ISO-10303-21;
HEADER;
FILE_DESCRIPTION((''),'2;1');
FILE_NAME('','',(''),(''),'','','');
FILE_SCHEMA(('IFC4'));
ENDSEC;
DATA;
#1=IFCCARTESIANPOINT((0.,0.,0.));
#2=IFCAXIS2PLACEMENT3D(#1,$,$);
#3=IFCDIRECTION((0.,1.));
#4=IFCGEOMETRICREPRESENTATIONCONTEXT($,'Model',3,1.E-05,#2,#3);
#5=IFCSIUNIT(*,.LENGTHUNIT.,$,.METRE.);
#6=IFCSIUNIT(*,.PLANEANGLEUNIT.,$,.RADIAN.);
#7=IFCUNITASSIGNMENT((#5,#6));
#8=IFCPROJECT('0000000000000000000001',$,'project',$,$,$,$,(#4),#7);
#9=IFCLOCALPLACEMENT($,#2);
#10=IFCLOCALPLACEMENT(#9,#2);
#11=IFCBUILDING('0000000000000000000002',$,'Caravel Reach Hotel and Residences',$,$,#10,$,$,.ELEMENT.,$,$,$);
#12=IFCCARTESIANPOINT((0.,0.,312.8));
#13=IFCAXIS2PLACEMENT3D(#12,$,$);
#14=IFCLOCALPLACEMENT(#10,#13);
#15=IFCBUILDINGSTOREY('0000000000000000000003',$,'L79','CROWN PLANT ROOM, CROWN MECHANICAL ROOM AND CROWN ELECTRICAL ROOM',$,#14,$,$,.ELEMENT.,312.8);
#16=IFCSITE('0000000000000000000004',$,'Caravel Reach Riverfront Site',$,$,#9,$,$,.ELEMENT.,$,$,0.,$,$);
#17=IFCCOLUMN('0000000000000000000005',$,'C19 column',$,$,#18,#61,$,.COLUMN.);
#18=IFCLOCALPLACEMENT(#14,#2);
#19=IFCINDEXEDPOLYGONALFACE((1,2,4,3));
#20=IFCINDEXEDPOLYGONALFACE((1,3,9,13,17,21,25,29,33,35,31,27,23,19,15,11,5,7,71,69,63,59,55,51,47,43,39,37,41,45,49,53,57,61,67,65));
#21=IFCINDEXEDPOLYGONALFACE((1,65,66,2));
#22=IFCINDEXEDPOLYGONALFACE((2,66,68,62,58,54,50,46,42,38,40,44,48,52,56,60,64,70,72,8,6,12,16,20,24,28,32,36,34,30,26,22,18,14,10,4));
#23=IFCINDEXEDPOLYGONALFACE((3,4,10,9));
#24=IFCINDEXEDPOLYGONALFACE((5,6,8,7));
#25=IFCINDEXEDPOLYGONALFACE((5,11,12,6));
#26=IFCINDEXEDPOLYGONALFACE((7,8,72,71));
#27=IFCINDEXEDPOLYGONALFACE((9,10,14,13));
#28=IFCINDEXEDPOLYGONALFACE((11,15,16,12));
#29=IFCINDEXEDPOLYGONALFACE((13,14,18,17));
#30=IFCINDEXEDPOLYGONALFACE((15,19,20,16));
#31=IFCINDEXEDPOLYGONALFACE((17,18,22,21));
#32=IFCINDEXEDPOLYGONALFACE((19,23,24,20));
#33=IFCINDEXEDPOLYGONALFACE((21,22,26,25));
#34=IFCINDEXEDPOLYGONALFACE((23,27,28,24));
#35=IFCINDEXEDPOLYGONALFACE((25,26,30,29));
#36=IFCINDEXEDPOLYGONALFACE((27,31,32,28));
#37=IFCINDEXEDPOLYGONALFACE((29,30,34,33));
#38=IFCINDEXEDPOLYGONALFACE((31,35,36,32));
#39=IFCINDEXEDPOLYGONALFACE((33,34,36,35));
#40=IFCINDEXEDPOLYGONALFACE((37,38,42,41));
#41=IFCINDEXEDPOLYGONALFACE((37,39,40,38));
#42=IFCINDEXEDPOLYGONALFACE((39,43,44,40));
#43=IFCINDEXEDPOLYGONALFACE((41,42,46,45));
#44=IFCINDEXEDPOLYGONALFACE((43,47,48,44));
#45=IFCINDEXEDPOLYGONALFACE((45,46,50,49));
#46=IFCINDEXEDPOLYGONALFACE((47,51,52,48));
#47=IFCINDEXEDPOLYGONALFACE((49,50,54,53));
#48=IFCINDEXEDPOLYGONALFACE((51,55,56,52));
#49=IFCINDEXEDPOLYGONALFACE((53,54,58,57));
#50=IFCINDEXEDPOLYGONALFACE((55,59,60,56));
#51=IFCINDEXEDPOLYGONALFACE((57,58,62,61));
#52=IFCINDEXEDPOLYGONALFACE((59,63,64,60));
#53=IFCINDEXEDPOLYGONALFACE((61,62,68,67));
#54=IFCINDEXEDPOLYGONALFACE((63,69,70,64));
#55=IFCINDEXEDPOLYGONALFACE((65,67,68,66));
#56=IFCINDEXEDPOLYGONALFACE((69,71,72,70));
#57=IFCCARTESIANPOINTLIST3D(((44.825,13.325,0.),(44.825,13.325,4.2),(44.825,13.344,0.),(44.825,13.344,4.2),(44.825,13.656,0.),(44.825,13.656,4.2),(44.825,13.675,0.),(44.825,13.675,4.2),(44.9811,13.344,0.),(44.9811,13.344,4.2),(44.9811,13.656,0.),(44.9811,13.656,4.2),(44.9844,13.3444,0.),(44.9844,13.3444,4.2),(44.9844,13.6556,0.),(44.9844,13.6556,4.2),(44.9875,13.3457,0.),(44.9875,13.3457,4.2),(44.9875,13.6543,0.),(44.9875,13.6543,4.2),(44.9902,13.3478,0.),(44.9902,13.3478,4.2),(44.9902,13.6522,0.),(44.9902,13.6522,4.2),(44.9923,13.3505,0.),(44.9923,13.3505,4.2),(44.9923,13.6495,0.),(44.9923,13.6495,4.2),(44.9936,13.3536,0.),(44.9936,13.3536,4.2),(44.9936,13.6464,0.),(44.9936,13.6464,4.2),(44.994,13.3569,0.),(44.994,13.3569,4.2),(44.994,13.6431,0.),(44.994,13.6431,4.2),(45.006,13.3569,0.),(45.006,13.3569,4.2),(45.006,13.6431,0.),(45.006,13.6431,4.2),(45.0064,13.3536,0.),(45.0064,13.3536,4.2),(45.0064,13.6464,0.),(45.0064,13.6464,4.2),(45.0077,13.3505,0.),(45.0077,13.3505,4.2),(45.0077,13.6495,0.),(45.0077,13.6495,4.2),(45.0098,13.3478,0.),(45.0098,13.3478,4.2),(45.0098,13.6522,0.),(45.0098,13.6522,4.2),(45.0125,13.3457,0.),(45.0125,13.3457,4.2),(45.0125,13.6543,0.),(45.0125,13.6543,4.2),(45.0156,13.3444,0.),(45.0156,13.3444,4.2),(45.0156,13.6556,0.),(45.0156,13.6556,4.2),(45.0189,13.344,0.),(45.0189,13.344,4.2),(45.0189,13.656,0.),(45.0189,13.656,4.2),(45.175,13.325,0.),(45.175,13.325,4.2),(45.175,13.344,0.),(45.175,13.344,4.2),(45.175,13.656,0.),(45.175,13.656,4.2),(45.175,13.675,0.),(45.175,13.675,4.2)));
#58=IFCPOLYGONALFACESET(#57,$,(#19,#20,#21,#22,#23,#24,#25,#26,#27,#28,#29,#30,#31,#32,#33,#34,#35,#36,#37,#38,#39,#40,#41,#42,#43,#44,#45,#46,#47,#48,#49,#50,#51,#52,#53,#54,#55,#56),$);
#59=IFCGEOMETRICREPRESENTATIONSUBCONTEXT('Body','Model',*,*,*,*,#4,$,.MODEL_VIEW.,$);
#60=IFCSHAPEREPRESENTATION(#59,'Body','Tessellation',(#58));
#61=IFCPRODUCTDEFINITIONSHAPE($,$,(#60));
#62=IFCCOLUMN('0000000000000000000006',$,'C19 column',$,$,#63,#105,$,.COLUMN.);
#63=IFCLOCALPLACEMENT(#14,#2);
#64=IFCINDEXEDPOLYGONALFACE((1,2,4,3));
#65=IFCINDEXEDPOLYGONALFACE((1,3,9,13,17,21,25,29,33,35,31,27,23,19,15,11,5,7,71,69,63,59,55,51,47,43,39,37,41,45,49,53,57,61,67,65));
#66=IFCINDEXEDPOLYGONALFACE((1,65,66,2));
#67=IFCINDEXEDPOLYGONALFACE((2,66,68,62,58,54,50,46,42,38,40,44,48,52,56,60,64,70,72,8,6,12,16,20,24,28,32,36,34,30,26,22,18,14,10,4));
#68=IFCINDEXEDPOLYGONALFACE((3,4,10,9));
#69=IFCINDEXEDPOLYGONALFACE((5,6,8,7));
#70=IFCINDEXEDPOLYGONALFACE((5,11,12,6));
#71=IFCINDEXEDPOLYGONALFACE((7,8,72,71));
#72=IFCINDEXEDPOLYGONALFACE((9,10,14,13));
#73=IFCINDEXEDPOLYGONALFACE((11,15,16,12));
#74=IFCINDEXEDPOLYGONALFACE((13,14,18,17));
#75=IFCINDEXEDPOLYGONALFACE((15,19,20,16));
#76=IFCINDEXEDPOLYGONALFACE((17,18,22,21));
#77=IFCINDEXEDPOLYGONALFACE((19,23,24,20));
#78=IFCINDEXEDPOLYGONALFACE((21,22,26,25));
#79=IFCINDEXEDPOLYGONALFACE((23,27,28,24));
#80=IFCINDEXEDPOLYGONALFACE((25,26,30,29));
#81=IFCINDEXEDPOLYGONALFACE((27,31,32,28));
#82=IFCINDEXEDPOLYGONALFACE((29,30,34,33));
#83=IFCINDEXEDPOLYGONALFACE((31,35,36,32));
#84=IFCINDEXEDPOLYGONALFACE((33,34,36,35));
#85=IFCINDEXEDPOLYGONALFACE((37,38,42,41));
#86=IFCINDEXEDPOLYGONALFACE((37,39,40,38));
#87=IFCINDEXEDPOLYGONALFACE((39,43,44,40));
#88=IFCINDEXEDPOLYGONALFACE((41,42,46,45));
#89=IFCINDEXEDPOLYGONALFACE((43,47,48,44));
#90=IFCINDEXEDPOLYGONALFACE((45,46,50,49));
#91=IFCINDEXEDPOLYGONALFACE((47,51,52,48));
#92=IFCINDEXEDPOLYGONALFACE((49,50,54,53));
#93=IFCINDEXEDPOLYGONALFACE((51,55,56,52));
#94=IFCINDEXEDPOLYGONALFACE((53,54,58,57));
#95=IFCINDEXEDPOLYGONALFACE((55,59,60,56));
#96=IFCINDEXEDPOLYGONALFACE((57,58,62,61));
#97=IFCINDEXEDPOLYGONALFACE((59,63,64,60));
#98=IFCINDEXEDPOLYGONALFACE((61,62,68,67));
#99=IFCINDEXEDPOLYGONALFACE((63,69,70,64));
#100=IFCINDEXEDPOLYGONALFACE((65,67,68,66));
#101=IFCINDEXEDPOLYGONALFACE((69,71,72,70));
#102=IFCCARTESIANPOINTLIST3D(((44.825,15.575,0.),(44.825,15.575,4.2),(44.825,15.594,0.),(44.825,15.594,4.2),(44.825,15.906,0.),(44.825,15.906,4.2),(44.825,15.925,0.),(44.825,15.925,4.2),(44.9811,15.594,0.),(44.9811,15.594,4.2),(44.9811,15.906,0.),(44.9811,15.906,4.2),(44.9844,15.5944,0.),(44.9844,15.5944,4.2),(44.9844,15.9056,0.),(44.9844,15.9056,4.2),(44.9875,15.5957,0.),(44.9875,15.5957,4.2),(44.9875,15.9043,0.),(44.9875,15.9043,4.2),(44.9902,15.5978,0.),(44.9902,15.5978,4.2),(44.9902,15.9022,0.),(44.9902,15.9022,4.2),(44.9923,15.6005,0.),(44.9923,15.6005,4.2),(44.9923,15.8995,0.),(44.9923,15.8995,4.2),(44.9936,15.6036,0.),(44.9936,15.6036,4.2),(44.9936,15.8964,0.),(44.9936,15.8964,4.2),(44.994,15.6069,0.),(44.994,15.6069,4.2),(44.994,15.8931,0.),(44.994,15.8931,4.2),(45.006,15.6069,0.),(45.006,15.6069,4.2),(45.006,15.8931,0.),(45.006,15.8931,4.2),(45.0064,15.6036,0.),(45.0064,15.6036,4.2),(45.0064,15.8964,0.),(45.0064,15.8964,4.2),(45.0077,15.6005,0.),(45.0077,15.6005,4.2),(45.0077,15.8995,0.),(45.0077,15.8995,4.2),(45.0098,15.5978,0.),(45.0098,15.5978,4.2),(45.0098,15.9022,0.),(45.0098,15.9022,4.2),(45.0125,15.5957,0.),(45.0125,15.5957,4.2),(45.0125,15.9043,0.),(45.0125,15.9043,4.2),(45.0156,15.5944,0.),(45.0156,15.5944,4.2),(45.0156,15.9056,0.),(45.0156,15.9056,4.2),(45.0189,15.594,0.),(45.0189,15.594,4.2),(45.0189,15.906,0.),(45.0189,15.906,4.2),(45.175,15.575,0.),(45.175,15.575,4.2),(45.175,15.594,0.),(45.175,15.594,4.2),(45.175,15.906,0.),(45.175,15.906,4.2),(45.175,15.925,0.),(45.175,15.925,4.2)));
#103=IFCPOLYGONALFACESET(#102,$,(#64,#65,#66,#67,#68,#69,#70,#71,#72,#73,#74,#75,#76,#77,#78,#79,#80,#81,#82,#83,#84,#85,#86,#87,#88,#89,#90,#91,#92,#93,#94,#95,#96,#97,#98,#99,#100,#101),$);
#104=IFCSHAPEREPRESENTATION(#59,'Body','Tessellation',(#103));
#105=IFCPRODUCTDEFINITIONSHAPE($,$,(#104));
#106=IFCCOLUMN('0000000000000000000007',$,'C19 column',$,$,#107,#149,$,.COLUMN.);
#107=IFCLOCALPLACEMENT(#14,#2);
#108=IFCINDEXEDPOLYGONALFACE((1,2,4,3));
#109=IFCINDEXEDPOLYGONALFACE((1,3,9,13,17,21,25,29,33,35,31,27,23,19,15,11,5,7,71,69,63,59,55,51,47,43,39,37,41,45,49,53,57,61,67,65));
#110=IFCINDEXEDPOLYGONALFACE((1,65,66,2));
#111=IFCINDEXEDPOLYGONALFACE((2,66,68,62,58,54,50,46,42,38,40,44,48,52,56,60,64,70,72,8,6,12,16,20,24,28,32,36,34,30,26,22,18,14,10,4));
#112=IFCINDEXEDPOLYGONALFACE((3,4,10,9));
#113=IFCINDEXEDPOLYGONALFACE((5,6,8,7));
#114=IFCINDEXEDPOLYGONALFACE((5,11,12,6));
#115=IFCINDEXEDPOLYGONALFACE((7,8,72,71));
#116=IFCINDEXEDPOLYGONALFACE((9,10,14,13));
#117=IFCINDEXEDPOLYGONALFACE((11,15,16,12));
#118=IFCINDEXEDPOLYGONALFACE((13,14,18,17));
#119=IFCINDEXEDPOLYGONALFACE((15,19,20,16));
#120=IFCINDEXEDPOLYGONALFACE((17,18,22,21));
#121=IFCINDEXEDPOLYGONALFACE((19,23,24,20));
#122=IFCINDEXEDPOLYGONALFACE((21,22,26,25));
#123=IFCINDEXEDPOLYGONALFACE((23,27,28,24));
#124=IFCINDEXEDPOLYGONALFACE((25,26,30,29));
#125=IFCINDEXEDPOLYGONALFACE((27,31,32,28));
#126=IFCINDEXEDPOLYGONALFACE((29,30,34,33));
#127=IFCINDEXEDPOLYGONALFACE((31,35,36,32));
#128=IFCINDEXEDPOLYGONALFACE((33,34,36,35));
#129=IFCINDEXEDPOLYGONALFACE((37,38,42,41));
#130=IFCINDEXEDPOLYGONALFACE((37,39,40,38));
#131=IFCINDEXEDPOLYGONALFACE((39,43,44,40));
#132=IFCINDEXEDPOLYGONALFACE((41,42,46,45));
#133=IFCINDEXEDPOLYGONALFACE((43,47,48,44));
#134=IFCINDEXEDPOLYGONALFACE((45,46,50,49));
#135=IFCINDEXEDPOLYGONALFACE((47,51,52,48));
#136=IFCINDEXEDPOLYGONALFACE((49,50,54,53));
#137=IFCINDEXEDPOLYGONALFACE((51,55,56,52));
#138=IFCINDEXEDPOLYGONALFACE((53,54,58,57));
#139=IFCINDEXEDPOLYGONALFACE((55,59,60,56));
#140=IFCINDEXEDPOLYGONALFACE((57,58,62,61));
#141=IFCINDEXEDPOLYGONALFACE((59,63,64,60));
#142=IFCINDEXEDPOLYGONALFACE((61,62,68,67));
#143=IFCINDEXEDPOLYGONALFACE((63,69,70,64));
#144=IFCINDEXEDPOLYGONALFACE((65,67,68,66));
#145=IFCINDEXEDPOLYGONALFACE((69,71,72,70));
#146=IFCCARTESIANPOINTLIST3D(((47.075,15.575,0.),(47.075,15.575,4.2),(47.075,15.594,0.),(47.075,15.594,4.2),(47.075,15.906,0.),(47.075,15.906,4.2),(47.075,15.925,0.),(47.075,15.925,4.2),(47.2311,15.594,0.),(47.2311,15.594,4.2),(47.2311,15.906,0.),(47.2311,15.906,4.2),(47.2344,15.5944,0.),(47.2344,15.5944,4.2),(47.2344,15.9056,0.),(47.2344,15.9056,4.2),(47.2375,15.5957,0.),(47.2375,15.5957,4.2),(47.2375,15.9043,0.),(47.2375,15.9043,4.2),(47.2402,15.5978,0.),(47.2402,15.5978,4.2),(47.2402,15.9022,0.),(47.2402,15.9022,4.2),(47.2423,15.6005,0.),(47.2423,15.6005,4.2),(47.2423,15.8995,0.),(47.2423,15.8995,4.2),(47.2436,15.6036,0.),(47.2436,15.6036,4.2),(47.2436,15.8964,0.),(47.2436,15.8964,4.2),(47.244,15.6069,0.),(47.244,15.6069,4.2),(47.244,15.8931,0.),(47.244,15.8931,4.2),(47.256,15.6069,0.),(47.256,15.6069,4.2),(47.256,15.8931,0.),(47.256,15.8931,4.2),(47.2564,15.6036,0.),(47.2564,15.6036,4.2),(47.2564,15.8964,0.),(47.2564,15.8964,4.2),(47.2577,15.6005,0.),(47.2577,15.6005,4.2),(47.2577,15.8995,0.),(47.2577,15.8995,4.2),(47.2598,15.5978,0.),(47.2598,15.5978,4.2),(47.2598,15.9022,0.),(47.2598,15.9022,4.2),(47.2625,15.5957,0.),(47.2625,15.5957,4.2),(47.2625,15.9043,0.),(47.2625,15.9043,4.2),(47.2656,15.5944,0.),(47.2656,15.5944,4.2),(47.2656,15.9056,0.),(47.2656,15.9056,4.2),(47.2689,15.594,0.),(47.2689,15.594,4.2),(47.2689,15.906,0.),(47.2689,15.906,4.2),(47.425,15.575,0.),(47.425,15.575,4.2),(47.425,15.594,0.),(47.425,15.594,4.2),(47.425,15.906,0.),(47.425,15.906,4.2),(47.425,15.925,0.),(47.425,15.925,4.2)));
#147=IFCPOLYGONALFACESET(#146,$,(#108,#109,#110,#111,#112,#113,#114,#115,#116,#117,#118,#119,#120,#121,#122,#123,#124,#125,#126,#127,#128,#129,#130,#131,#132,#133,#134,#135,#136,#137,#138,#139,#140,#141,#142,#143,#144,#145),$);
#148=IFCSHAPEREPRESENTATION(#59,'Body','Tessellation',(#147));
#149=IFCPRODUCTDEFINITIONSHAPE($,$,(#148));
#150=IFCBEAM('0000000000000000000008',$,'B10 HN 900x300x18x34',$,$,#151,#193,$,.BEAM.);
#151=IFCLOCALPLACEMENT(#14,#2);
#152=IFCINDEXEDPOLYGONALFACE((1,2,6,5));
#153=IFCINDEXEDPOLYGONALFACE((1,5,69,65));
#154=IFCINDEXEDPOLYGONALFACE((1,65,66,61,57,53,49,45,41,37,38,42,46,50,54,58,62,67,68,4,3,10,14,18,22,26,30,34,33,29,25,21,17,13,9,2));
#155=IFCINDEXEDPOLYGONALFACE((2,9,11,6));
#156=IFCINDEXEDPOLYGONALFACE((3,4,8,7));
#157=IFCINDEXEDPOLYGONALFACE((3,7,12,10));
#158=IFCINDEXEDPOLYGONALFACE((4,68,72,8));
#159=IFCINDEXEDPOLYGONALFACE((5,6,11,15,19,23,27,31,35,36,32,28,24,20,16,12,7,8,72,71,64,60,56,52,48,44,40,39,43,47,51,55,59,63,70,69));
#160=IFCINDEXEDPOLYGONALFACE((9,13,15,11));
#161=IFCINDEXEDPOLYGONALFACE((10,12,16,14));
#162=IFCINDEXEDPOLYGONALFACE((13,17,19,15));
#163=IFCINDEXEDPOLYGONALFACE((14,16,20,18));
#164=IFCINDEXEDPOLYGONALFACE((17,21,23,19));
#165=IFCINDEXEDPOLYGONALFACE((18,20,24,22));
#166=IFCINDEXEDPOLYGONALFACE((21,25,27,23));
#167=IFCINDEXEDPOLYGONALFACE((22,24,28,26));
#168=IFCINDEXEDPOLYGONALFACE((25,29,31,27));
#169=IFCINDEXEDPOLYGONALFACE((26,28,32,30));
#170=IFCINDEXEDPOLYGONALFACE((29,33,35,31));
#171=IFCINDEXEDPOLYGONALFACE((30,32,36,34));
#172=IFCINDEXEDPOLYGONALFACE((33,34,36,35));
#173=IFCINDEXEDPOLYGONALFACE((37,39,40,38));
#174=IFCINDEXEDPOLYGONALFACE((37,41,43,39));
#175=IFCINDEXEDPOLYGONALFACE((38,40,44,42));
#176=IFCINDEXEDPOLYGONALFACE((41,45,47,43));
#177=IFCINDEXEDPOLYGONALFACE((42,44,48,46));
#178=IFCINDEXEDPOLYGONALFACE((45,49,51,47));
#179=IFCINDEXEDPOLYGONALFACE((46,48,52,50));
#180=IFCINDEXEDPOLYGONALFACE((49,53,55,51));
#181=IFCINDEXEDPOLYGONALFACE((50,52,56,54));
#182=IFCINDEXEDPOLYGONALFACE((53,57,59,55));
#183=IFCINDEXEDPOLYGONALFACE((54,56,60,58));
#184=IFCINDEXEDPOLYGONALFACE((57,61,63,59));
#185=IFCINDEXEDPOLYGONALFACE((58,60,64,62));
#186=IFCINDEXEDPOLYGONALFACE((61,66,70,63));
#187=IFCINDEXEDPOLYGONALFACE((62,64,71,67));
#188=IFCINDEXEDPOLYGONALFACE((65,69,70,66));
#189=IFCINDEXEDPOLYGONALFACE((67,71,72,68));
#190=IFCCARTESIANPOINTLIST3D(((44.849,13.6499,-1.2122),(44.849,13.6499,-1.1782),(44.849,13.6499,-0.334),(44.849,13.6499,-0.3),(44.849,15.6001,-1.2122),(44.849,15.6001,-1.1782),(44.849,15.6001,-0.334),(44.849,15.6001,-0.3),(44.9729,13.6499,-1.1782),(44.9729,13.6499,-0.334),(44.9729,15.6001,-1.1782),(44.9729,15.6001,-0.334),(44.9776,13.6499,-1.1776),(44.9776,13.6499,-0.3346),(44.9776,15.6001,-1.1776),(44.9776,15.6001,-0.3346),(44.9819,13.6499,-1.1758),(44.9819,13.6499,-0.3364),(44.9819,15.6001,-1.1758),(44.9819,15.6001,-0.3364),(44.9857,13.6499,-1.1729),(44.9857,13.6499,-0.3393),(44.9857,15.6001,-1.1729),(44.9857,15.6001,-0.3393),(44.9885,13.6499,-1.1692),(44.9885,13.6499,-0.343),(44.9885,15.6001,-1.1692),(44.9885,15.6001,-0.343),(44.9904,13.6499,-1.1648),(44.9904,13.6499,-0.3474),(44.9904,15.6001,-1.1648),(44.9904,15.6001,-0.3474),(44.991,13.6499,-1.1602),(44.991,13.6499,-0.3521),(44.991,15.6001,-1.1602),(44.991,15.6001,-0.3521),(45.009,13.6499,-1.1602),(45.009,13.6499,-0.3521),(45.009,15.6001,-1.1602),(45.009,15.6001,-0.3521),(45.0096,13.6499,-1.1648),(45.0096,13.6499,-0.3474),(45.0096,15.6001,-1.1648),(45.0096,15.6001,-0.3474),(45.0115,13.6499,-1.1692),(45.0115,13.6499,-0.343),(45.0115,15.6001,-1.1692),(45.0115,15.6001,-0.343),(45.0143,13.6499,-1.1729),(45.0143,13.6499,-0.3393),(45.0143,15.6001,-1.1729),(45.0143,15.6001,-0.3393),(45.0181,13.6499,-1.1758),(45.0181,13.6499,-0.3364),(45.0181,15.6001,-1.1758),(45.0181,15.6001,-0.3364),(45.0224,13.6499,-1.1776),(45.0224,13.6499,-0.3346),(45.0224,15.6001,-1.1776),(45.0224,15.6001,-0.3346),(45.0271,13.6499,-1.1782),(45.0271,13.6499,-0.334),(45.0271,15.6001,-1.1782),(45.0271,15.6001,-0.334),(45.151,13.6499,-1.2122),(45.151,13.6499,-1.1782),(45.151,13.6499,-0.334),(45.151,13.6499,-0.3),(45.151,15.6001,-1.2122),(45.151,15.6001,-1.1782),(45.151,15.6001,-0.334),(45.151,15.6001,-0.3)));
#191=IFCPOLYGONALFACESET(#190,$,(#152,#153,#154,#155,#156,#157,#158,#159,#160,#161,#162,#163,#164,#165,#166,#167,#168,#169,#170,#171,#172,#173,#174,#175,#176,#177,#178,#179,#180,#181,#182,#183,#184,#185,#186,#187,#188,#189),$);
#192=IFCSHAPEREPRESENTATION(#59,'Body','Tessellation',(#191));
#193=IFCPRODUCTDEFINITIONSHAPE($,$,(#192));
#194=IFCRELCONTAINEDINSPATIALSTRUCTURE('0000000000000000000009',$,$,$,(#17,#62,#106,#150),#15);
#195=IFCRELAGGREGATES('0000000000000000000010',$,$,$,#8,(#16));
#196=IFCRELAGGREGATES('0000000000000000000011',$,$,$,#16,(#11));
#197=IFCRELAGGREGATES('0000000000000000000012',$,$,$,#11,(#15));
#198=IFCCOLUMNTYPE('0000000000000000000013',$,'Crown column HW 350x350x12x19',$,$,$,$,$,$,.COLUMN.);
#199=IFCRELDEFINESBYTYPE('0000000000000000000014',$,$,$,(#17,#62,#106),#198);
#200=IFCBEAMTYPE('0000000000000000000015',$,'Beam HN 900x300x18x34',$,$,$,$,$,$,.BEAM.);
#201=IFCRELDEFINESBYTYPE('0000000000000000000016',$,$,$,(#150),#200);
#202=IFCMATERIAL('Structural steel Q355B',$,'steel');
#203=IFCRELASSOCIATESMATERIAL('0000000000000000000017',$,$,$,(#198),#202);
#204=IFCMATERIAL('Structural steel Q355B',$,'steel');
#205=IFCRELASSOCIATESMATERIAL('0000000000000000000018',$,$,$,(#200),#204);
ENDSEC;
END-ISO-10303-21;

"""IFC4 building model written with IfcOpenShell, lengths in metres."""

from ifc_helpers import new_model, si_unit, direction, frame, origin, origin_2d, place, context, subcontext, project, spatial, i_section, extrude, material, material_profile, profile_set, type_object, element, save


model = new_model("IFC4")

# Units and contexts
model_context = context("Model", 3, precision=1e-05, world=origin(), true_north=direction((0.0, 1.0)))
body_context = subcontext(model_context, "Body", "Model", "MODEL_VIEW")
ifc_project = project(units=[si_unit("LENGTHUNIT", "METRE"), si_unit("PLANEANGLEUNIT", "RADIAN")], contexts=[model_context])

# Site, building, storey
site_placement = place(None, origin())
site = spatial("IfcSite", under=ifc_project, at=site_placement, Name="Caravel Reach Riverfront Site", CompositionType="ELEMENT", RefElevation=0.0)
building_placement = place(site_placement, origin())
building = spatial("IfcBuilding", under=site, at=building_placement, Name="Caravel Reach Hotel and Residences", CompositionType="ELEMENT")
storey_placement = place(building_placement, frame((0.0, 0.0, 312.8)))
storey = spatial("IfcBuildingStorey", under=building, at=storey_placement, Name="L79", Description="CROWN PLANT ROOM, CROWN MECHANICAL ROOM AND CROWN ELECTRICAL ROOM", CompositionType="ELEMENT", Elevation=312.8)

# Columns
ifc_material_1 = material(Name="Structural steel Q355B", Category="steel")
ifc_material_profile_1 = material_profile(ifc_material_1, i_section(OverallWidth=0.3501, OverallDepth=0.3501, WebThickness=0.012, FlangeThickness=0.019, FilletRadius=0.0129, at=origin_2d()), Name="HW 350x350x12x19")
ifc_profile_set_1 = profile_set([ifc_material_profile_1], Name="Structural steel Q355B")
column_type = type_object("IfcColumnType", Name="Crown column HW 350x350x12x19", PredefinedType="COLUMN", material=ifc_profile_set_1)
for number, where, z_axis, x_axis, name in (
    (1, (45.0, 13.5, 0.0), (0.0, 0.0, 1.0), (1.0, 0.0, 0.0), "C19 column"),
    (2, (45.0, 15.75, 0.0), (0.0, 0.0, 1.0), (1.0, 0.0, 0.0), "C19 column"),
    (3, (47.25, 15.75, 0.0), (0.0, 0.0, 1.0), (1.0, 0.0, 0.0), "C19 column"),
):
    element("IfcColumn", number, at=place(storey_placement, frame(where, z_axis=z_axis, x_axis=x_axis)), inside=storey, type_object=column_type, Name=name, PredefinedType="COLUMN", context=body_context, shape_type="SweptSolid", body=[
        extrude(i_section(OverallWidth=0.3501, OverallDepth=0.3501, WebThickness=0.012, FlangeThickness=0.019, FilletRadius=0.0129, at=origin_2d()), origin(), (0.0, 0.0, 1.0), 4.2),
    ])

# Beam
ifc_material_2 = material(Name="Structural steel Q355B", Category="steel")
ifc_material_profile_2 = material_profile(ifc_material_2, i_section(OverallWidth=0.302, OverallDepth=0.9121, WebThickness=0.0181, FlangeThickness=0.0339, FilletRadius=0.0181, at=origin_2d()), Name="HN 900x300x18x34")
ifc_profile_set_2 = profile_set([ifc_material_profile_2], Name="Structural steel Q355B")
beam_type = type_object("IfcBeamType", Name="Beam HN 900x300x18x34", PredefinedType="BEAM", material=ifc_profile_set_2)
for number, where, z_axis, x_axis, name in (
    (4, (45.0, 13.6499, -0.7561), (0.0, 1.0, 0.0), (-1.0, 0.0, 0.0), "B10 HN 900x300x18x34"),
):
    element("IfcBeam", number, at=place(storey_placement, frame(where, z_axis=z_axis, x_axis=x_axis)), inside=storey, type_object=beam_type, Name=name, PredefinedType="BEAM", context=body_context, shape_type="SweptSolid", body=[
        extrude(i_section(OverallWidth=0.302, OverallDepth=0.9121, WebThickness=0.0181, FlangeThickness=0.0339, FilletRadius=0.0181, at=origin_2d()), origin(), (0.0, 0.0, 1.0), 1.9502),
    ])

save(model, "model.ifc")
